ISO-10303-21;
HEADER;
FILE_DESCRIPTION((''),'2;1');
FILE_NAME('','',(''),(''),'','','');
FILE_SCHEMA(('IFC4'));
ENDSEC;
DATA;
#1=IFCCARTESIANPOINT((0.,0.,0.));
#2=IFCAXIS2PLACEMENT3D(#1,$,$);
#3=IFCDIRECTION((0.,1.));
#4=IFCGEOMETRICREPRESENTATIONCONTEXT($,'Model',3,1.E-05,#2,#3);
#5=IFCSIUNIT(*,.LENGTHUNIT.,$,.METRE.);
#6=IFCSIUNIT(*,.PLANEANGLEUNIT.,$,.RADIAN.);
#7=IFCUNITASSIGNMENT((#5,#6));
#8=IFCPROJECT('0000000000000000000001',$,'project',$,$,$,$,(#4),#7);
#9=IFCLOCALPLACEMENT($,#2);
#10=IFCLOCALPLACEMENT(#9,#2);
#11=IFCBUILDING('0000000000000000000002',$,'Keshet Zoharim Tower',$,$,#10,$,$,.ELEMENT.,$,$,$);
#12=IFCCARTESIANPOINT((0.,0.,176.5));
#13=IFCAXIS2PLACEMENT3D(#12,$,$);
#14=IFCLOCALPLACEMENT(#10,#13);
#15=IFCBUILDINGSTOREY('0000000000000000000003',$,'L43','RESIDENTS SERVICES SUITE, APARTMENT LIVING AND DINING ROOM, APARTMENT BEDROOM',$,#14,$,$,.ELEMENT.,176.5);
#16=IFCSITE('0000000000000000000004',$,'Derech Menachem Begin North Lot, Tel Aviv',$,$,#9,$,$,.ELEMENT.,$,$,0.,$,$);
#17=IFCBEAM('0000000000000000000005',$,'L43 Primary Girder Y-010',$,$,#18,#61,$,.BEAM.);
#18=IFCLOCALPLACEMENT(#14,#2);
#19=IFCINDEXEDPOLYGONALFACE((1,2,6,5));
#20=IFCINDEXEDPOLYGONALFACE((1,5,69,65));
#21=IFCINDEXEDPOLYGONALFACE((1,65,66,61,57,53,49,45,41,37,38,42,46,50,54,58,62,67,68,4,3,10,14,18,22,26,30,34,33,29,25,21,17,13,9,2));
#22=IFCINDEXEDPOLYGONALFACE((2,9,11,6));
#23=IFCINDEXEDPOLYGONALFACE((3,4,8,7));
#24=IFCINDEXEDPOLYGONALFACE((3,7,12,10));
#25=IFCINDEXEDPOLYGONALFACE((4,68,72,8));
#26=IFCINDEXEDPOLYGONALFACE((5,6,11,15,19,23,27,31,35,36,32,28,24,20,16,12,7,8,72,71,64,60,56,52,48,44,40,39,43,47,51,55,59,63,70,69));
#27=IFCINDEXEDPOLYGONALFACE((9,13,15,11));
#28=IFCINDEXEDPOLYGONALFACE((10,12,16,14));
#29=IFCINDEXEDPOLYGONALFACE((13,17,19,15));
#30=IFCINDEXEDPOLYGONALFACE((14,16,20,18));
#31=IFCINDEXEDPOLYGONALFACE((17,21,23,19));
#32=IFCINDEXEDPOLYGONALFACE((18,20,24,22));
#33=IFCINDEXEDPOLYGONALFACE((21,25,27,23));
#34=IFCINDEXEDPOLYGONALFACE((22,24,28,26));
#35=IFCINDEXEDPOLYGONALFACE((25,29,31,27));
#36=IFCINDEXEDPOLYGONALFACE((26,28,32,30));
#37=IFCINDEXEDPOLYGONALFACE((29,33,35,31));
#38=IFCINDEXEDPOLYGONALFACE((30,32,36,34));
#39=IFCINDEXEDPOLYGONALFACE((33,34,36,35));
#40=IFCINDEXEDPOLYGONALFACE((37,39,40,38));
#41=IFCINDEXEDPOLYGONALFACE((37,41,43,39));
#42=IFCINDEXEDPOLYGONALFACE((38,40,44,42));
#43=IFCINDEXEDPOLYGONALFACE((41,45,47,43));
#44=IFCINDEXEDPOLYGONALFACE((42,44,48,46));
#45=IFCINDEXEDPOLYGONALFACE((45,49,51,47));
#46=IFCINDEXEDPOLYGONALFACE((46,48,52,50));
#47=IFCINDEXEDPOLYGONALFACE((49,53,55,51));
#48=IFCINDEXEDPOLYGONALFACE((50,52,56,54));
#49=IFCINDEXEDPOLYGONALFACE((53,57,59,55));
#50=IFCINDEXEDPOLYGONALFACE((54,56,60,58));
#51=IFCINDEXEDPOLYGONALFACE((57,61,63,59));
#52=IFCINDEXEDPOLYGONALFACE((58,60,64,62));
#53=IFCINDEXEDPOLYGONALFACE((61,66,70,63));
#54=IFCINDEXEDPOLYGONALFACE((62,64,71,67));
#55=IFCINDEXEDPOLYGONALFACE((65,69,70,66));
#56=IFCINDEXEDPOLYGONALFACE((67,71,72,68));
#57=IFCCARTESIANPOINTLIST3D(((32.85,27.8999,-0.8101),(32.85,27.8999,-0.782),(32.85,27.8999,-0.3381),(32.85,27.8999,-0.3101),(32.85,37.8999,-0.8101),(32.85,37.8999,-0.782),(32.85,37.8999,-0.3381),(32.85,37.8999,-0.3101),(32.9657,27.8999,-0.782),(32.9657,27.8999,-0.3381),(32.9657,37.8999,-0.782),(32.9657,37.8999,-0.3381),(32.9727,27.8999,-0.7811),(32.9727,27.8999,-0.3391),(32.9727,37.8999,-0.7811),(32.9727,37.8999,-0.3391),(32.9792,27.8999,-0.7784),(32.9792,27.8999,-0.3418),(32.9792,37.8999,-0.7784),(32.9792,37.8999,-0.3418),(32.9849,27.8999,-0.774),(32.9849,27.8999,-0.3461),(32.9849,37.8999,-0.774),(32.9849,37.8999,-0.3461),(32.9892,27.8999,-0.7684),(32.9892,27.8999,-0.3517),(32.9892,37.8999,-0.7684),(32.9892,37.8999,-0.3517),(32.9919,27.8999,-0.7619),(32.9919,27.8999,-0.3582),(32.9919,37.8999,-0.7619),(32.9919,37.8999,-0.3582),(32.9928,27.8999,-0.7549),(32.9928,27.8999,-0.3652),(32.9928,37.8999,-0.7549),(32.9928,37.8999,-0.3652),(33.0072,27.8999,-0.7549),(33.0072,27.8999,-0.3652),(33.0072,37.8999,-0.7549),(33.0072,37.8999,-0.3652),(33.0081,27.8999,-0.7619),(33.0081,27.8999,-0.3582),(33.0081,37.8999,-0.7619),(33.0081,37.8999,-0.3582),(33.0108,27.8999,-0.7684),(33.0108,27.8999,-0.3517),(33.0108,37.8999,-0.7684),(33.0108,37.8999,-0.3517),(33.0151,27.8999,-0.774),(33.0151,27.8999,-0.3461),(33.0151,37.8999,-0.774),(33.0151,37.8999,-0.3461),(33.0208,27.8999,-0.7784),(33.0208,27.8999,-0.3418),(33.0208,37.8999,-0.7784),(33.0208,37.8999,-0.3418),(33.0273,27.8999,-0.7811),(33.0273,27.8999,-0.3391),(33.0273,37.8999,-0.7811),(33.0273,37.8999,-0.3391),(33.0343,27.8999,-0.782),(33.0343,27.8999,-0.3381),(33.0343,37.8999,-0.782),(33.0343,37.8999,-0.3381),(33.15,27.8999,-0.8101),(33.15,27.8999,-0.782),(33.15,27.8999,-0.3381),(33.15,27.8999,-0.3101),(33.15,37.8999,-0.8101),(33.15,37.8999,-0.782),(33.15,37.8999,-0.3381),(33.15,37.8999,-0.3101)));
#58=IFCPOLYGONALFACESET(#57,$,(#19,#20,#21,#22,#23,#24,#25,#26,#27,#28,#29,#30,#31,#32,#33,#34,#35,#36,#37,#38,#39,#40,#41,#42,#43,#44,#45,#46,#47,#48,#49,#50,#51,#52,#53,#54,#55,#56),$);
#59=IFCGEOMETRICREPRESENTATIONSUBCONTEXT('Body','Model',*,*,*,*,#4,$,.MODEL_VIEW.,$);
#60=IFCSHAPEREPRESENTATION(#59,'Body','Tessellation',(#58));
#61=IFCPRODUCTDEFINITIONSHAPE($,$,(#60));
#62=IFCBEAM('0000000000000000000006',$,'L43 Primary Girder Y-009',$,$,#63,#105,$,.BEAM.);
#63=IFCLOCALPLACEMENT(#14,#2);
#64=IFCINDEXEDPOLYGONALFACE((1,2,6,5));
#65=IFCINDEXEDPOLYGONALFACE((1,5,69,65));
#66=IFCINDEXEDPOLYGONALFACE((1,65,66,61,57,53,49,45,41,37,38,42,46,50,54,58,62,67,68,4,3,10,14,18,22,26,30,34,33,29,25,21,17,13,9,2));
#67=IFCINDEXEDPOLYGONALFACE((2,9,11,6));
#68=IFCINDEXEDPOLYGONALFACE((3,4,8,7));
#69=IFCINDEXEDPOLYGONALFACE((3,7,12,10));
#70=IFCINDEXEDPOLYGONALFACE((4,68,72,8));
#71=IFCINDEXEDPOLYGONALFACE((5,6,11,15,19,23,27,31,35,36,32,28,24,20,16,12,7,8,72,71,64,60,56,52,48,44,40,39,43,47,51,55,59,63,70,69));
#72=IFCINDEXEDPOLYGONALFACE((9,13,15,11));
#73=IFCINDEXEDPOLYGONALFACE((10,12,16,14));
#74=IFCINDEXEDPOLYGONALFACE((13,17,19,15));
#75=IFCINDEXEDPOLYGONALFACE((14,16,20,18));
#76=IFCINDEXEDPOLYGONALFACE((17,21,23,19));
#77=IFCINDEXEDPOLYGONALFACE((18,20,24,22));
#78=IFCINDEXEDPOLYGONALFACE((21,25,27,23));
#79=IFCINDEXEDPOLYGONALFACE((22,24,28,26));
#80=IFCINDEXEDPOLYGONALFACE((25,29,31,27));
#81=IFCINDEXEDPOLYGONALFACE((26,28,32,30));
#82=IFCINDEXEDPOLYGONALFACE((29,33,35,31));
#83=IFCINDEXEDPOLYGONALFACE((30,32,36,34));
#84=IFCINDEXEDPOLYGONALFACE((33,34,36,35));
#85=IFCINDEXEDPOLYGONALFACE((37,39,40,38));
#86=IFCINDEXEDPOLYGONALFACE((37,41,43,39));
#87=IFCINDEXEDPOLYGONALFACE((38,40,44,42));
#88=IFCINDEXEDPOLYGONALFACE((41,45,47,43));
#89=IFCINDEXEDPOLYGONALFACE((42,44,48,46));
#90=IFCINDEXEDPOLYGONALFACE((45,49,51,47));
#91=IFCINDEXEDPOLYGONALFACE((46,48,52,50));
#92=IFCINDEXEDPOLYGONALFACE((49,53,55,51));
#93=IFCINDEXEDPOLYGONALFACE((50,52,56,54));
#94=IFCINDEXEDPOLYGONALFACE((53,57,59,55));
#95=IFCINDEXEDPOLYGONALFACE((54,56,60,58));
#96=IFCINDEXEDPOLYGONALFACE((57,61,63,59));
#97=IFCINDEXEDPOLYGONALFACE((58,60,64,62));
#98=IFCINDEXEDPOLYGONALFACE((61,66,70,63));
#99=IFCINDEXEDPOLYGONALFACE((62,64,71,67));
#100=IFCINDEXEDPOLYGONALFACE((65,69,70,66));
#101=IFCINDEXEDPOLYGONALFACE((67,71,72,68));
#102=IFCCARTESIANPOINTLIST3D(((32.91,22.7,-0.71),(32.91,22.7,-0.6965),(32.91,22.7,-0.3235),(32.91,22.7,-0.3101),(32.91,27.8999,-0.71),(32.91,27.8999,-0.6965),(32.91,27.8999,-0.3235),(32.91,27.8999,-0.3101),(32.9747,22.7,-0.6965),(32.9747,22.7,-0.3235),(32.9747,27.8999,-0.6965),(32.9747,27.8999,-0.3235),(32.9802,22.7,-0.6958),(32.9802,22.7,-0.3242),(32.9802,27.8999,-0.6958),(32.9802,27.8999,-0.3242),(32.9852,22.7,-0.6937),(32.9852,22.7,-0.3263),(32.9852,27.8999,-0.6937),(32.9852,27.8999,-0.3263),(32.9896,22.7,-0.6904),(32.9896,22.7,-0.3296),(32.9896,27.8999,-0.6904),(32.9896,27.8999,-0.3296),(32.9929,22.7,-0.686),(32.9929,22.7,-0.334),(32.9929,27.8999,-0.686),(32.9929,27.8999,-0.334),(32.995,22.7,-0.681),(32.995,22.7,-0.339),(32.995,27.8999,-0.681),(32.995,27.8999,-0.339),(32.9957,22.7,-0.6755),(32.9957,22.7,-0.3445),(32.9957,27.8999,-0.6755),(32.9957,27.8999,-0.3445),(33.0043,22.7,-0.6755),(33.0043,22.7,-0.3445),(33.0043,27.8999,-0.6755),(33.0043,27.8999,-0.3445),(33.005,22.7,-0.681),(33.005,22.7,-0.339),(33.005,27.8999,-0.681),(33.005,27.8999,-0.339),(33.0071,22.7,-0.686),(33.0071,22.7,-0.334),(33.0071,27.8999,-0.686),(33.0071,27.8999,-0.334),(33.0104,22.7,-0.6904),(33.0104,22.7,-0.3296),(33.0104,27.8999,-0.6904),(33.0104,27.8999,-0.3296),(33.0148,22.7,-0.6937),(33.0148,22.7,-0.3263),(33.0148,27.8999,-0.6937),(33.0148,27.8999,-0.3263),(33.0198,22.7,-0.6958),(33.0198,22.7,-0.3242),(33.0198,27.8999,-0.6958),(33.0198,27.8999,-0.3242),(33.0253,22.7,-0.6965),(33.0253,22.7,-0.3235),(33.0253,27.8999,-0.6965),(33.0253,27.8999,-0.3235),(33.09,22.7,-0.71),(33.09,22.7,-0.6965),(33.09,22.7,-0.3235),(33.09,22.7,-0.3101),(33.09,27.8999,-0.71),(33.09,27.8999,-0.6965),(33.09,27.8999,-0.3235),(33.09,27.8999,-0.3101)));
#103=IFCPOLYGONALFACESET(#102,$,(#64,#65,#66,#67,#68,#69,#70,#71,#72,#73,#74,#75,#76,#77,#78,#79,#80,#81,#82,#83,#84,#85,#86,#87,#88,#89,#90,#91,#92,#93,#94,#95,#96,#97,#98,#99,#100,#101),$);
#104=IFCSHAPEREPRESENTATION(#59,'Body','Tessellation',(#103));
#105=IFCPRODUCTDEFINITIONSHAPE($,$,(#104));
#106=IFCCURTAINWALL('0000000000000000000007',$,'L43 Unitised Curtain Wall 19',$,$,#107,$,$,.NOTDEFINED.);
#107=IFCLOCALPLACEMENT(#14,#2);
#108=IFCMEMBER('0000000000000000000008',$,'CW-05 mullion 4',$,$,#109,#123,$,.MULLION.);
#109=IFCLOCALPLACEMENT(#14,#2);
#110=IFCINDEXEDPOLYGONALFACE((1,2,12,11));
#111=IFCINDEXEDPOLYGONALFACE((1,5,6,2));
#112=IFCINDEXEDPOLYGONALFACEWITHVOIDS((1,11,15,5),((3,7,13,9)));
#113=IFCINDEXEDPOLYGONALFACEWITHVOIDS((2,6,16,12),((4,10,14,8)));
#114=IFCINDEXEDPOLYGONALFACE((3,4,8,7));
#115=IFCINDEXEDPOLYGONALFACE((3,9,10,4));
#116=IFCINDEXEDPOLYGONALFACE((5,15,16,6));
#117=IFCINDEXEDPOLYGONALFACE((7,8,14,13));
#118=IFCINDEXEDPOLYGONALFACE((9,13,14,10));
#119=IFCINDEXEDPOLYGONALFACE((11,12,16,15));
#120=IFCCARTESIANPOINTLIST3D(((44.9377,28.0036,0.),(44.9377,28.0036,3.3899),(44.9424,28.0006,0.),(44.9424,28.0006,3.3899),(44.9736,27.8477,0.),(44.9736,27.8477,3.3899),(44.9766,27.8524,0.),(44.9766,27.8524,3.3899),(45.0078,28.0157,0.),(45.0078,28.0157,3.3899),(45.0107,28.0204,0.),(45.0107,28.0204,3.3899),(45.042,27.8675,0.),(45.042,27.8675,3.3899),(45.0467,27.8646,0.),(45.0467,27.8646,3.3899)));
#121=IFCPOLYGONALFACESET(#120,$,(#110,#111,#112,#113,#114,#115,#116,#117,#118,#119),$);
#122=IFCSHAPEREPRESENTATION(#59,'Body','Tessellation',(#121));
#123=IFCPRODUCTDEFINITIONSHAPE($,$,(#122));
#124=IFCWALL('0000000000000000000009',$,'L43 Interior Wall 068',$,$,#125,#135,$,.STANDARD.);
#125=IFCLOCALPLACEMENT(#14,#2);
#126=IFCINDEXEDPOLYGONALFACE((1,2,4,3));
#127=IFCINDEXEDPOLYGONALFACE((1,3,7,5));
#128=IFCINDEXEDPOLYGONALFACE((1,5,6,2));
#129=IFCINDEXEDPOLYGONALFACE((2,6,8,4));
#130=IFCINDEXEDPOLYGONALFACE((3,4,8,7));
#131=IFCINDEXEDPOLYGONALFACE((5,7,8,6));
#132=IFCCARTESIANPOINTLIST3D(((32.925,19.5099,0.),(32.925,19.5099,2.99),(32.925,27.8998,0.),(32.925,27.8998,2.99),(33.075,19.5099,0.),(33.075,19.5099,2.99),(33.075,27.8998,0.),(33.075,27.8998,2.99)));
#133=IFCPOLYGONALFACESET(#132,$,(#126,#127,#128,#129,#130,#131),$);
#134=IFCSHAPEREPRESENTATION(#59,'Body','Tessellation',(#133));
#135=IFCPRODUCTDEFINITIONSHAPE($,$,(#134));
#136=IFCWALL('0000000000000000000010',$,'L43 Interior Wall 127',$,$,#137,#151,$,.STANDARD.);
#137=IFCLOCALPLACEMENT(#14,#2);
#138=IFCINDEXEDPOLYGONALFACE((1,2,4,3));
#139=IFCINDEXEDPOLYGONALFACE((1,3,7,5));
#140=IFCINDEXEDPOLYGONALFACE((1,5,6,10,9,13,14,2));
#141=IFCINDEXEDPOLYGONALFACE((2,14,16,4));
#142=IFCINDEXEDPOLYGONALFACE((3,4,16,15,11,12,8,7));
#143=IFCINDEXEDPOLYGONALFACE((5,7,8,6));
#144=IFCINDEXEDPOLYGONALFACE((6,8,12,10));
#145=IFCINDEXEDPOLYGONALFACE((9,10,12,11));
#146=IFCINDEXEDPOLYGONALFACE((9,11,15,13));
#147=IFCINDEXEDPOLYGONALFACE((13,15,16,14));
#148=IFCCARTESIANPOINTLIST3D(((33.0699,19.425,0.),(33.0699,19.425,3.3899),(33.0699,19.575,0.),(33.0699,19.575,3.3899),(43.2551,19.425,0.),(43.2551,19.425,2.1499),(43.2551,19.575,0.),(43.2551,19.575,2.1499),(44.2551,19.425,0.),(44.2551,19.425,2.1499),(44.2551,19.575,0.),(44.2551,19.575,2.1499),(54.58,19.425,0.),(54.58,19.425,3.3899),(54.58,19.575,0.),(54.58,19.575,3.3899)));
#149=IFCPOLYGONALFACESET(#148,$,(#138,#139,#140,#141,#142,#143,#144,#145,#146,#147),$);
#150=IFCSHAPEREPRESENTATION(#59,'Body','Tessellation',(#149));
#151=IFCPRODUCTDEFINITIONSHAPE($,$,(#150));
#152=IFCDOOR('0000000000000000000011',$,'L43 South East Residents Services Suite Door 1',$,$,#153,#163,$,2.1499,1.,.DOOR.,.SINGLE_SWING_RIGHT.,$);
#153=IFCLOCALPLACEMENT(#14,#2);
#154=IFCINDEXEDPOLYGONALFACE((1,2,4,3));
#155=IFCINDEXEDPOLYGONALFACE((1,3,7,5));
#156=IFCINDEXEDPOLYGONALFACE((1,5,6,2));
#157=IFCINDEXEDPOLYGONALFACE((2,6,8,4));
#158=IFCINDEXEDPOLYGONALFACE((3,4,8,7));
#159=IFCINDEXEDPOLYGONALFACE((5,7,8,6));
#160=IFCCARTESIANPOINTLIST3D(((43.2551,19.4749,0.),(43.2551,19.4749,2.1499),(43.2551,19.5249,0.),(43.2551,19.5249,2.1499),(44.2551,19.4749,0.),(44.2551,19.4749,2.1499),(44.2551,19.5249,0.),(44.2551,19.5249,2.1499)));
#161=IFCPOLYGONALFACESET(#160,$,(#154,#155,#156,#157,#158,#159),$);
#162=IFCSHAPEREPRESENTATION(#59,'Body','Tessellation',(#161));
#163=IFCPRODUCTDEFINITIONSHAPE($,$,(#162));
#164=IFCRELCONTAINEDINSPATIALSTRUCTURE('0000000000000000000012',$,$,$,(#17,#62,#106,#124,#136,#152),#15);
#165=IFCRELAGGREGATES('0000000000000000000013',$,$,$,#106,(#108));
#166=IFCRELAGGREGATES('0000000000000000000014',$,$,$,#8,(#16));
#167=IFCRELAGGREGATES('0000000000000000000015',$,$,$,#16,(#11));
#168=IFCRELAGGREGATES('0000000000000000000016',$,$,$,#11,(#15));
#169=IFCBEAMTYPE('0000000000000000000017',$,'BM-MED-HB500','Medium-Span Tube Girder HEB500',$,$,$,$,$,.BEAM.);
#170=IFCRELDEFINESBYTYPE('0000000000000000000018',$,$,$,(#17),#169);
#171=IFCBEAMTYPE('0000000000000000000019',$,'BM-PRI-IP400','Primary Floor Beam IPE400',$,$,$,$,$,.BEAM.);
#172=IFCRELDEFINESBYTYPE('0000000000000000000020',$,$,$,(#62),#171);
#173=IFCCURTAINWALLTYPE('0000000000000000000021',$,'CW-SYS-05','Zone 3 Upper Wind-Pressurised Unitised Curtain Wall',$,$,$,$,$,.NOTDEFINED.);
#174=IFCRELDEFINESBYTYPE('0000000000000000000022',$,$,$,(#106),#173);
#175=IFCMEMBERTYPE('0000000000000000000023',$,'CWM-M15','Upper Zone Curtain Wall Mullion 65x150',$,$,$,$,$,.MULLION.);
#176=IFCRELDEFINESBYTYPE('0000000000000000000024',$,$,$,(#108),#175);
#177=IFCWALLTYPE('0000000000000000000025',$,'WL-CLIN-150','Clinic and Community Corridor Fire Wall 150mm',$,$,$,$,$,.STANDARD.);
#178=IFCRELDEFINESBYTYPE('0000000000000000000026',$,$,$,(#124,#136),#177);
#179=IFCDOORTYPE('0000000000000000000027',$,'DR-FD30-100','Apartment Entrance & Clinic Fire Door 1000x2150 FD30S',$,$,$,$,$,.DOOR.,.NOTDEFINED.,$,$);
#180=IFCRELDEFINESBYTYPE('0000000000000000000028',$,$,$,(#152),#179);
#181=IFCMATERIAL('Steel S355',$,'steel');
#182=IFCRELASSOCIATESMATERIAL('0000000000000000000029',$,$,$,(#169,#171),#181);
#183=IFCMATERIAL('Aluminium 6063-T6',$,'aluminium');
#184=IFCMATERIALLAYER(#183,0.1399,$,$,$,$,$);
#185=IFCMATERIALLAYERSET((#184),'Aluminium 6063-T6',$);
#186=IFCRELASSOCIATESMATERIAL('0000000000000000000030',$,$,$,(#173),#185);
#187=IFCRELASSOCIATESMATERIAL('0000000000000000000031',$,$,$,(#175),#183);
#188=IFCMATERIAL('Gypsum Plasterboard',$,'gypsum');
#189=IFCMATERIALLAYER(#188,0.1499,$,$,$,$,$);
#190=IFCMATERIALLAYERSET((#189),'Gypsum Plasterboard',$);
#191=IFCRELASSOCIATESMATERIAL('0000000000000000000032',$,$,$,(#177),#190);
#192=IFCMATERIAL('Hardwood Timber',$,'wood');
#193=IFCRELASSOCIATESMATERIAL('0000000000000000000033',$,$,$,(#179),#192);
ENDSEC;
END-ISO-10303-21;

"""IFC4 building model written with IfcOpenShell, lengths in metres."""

from ifc_helpers import new_model, si_unit, direction, frame, frame_2d, origin, origin_2d, place, context, subcontext, project, spatial, rectangle, hollow_rectangle, i_section, extrude, material, layer, layer_set, material_profile, profile_set, type_object, element, fill, aggregate, save


model = new_model("IFC4")

# Units and contexts
model_context = context("Model", 3, precision=1e-05, world=origin(), true_north=direction((0.0, 1.0)))
body_context = subcontext(model_context, "Body", "Model", "MODEL_VIEW")
ifc_project = project(units=[si_unit("LENGTHUNIT", "METRE"), si_unit("PLANEANGLEUNIT", "RADIAN")], contexts=[model_context])

# Site, building, storey
site_placement = place(None, origin())
site = spatial("IfcSite", under=ifc_project, at=site_placement, Name="Derech Menachem Begin North Lot, Tel Aviv", CompositionType="ELEMENT", RefElevation=0.0)
building_placement = place(site_placement, origin())
building = spatial("IfcBuilding", under=site, at=building_placement, Name="Keshet Zoharim Tower", CompositionType="ELEMENT")
storey_placement = place(building_placement, frame((0.0, 0.0, 176.5)))
storey = spatial("IfcBuildingStorey", under=building, at=storey_placement, Name="L43", Description="RESIDENTS SERVICES SUITE, APARTMENT LIVING AND DINING ROOM, APARTMENT BEDROOM", CompositionType="ELEMENT", Elevation=176.5)

# Beams
ifc_material_1 = material(Name="Steel S355", Category="steel")
ifc_material_profile_1 = material_profile(ifc_material_1, i_section(OverallWidth=0.3, OverallDepth=0.5, WebThickness=0.0144, FlangeThickness=0.0281, FilletRadius=0.0271, at=origin_2d()), Name="HEB500")
ifc_profile_set_1 = profile_set([ifc_material_profile_1], Name="Steel S355")
beam_type_1 = type_object("IfcBeamType", Name="BM-MED-HB500", Description="Medium-Span Tube Girder HEB500", PredefinedType="BEAM", material=ifc_profile_set_1)
beam_1_placement = place(storey_placement, frame((33.0, 27.8999, -0.5601), z_axis=(0.0, 1.0, 0.0), x_axis=(-1.0, 0.0, 0.0)))
element("IfcBeam", 1, at=beam_1_placement, inside=storey, type_object=beam_type_1, Name="L43 Primary Girder Y-010", PredefinedType="BEAM", context=body_context, shape_type="SweptSolid", body=[
    extrude(i_section(OverallWidth=0.3, OverallDepth=0.5, WebThickness=0.0144, FlangeThickness=0.0281, FilletRadius=0.0271, at=origin_2d()), origin(), (0.0, 0.0, 1.0), 10.0),
])
ifc_material_profile_2 = material_profile(ifc_material_1, i_section(OverallWidth=0.1799, OverallDepth=0.3999, WebThickness=0.0085, FlangeThickness=0.0134, FilletRadius=0.021, at=origin_2d()), Name="IPE400")
ifc_profile_set_2 = profile_set([ifc_material_profile_2], Name="Steel S355")
beam_type_2 = type_object("IfcBeamType", Name="BM-PRI-IP400", Description="Primary Floor Beam IPE400", PredefinedType="BEAM", material=ifc_profile_set_2)
beam_2_placement = place(storey_placement, frame((33.0, 22.7, -0.51), z_axis=(0.0, 1.0, 0.0), x_axis=(-1.0, 0.0, 0.0)))
element("IfcBeam", 2, at=beam_2_placement, inside=storey, type_object=beam_type_2, Name="L43 Primary Girder Y-009", PredefinedType="BEAM", context=body_context, shape_type="SweptSolid", body=[
    extrude(i_section(OverallWidth=0.1799, OverallDepth=0.3999, WebThickness=0.0085, FlangeThickness=0.0134, FilletRadius=0.021, at=origin_2d()), origin(), (0.0, 0.0, 1.0), 5.2),
])

# Curtain wall, member
ifc_material_2 = material(Name="Aluminium 6063-T6", Category="aluminium")
ifc_layer_1 = layer(ifc_material_2, 0.1399)
ifc_layer_set_1 = layer_set([ifc_layer_1], Name="Aluminium 6063-T6")
curtain_wall_type = type_object("IfcCurtainWallType", Name="CW-SYS-05", Description="Zone 3 Upper Wind-Pressurised Unitised Curtain Wall", PredefinedType="NOTDEFINED", material=ifc_layer_set_1)
curtain_wall_placement = place(storey_placement, origin())
curtain_wall = element("IfcCurtainWall", 3, at=curtain_wall_placement, inside=storey, type_object=curtain_wall_type, Name="L43 Unitised Curtain Wall 19", PredefinedType="NOTDEFINED")
ifc_material_profile_3 = material_profile(ifc_material_2, hollow_rectangle(XDim=0.075, YDim=0.1599, WallThickness=0.0039, at=origin_2d()), Name="MUL-75x160")
ifc_profile_set_3 = profile_set([ifc_material_profile_3], Name="Aluminium 6063-T6")
member_type = type_object("IfcMemberType", Name="CWM-M15", Description="Upper Zone Curtain Wall Mullion 65x150", PredefinedType="MULLION", material=ifc_profile_set_3)
member_placement = place(storey_placement, frame((44.9922, 27.9341, 0.0), z_axis=(0.0, 0.0, 1.0), x_axis=(0.974394, 0.224848, 0.0)))
member = element("IfcMember", 4, at=member_placement, type_object=member_type, Name="CW-05 mullion 4", PredefinedType="MULLION", context=body_context, shape_type="SweptSolid", body=[
    extrude(hollow_rectangle(XDim=0.075, YDim=0.1599, WallThickness=0.0039, at=origin_2d()), origin(), (0.0, 0.0, 1.0), 3.3899),
])
aggregate(curtain_wall, [member])

# Wall
ifc_material_3 = material(Name="Gypsum Plasterboard", Category="gypsum")
ifc_layer_2 = layer(ifc_material_3, 0.1499)
ifc_layer_set_2 = layer_set([ifc_layer_2], Name="Gypsum Plasterboard")
wall_type_1 = type_object("IfcWallType", Name="WL-CLIN-150", Description="Clinic and Community Corridor Fire Wall 150mm", PredefinedType="STANDARD", material=ifc_layer_set_2)
wall_1_placement = place(storey_placement, frame((33.0, 19.51, 0.0), z_axis=(0.0, 0.0, 1.0), x_axis=(0.0, 1.0, 0.0)))
element("IfcWall", 5, at=wall_1_placement, inside=storey, type_object=wall_type_1, Name="L43 Interior Wall 068", PredefinedType="STANDARD", context=body_context, shape_type="SweptSolid", body=[
    extrude(rectangle(XDim=8.3899, YDim=0.1499, at=frame_2d((4.1948, 0.0))), origin(), (0.0, 0.0, 1.0), 2.99),
])

# Wall, opening, door
wall_2_placement = place(storey_placement, frame((33.0701, 19.5, 0.0), z_axis=(0.0, 0.0, 1.0), x_axis=(1.0, 0.0, 0.0)))
wall_2 = element("IfcWall", 6, at=wall_2_placement, inside=storey, type_object=wall_type_1, Name="L43 Interior Wall 127", PredefinedType="STANDARD", context=body_context, shape_type="SweptSolid", body=[
    extrude(rectangle(XDim=21.51, YDim=0.1499, at=frame_2d((10.7549, 0.0))), origin(), (0.0, 0.0, 1.0), 3.3899),
])
opening_1_placement = place(wall_2_placement, frame((10.1851, 0.0, 0.0)))
opening_1 = element("IfcOpeningElement", 7, at=opening_1_placement, cuts=wall_2, PredefinedType="OPENING", context=body_context, shape_type="SweptSolid", body=[
    extrude(rectangle(XDim=1.0, YDim=2.1499, at=frame_2d((0.5, 1.075))), frame((0.0, 0.085, 0.0), z_axis=(0.0, -1.0, 0.0), x_axis=(1.0, 0.0, 0.0)), (0.0, 0.0, 1.0), 0.1699),
])
ifc_material_4 = material(Name="Hardwood Timber", Category="wood")
door_type_1 = type_object("IfcDoorType", Name="DR-FD30-100", Description="Apartment Entrance & Clinic Fire Door 1000x2150 FD30S", OperationType="NOTDEFINED", PredefinedType="DOOR", material=ifc_material_4)
door_1_placement = place(opening_1_placement, origin())
door_1 = element("IfcDoor", 8, at=door_1_placement, inside=storey, type_object=door_type_1, Name="L43 South East Residents Services Suite Door 1", OperationType="SINGLE_SWING_RIGHT", OverallHeight=2.1499, OverallWidth=1.0, PredefinedType="DOOR", context=body_context, shape_type="SweptSolid", body=[
    extrude(rectangle(XDim=1.0, YDim=2.1499, at=frame_2d((0.5, 1.075))), frame((0.0, 0.0249, 0.0), z_axis=(0.0, -1.0, 0.0), x_axis=(1.0, 0.0, 0.0)), (0.0, 0.0, 1.0), 0.05),
])
fill(opening_1, door_1)

save(model, "model.ifc")
